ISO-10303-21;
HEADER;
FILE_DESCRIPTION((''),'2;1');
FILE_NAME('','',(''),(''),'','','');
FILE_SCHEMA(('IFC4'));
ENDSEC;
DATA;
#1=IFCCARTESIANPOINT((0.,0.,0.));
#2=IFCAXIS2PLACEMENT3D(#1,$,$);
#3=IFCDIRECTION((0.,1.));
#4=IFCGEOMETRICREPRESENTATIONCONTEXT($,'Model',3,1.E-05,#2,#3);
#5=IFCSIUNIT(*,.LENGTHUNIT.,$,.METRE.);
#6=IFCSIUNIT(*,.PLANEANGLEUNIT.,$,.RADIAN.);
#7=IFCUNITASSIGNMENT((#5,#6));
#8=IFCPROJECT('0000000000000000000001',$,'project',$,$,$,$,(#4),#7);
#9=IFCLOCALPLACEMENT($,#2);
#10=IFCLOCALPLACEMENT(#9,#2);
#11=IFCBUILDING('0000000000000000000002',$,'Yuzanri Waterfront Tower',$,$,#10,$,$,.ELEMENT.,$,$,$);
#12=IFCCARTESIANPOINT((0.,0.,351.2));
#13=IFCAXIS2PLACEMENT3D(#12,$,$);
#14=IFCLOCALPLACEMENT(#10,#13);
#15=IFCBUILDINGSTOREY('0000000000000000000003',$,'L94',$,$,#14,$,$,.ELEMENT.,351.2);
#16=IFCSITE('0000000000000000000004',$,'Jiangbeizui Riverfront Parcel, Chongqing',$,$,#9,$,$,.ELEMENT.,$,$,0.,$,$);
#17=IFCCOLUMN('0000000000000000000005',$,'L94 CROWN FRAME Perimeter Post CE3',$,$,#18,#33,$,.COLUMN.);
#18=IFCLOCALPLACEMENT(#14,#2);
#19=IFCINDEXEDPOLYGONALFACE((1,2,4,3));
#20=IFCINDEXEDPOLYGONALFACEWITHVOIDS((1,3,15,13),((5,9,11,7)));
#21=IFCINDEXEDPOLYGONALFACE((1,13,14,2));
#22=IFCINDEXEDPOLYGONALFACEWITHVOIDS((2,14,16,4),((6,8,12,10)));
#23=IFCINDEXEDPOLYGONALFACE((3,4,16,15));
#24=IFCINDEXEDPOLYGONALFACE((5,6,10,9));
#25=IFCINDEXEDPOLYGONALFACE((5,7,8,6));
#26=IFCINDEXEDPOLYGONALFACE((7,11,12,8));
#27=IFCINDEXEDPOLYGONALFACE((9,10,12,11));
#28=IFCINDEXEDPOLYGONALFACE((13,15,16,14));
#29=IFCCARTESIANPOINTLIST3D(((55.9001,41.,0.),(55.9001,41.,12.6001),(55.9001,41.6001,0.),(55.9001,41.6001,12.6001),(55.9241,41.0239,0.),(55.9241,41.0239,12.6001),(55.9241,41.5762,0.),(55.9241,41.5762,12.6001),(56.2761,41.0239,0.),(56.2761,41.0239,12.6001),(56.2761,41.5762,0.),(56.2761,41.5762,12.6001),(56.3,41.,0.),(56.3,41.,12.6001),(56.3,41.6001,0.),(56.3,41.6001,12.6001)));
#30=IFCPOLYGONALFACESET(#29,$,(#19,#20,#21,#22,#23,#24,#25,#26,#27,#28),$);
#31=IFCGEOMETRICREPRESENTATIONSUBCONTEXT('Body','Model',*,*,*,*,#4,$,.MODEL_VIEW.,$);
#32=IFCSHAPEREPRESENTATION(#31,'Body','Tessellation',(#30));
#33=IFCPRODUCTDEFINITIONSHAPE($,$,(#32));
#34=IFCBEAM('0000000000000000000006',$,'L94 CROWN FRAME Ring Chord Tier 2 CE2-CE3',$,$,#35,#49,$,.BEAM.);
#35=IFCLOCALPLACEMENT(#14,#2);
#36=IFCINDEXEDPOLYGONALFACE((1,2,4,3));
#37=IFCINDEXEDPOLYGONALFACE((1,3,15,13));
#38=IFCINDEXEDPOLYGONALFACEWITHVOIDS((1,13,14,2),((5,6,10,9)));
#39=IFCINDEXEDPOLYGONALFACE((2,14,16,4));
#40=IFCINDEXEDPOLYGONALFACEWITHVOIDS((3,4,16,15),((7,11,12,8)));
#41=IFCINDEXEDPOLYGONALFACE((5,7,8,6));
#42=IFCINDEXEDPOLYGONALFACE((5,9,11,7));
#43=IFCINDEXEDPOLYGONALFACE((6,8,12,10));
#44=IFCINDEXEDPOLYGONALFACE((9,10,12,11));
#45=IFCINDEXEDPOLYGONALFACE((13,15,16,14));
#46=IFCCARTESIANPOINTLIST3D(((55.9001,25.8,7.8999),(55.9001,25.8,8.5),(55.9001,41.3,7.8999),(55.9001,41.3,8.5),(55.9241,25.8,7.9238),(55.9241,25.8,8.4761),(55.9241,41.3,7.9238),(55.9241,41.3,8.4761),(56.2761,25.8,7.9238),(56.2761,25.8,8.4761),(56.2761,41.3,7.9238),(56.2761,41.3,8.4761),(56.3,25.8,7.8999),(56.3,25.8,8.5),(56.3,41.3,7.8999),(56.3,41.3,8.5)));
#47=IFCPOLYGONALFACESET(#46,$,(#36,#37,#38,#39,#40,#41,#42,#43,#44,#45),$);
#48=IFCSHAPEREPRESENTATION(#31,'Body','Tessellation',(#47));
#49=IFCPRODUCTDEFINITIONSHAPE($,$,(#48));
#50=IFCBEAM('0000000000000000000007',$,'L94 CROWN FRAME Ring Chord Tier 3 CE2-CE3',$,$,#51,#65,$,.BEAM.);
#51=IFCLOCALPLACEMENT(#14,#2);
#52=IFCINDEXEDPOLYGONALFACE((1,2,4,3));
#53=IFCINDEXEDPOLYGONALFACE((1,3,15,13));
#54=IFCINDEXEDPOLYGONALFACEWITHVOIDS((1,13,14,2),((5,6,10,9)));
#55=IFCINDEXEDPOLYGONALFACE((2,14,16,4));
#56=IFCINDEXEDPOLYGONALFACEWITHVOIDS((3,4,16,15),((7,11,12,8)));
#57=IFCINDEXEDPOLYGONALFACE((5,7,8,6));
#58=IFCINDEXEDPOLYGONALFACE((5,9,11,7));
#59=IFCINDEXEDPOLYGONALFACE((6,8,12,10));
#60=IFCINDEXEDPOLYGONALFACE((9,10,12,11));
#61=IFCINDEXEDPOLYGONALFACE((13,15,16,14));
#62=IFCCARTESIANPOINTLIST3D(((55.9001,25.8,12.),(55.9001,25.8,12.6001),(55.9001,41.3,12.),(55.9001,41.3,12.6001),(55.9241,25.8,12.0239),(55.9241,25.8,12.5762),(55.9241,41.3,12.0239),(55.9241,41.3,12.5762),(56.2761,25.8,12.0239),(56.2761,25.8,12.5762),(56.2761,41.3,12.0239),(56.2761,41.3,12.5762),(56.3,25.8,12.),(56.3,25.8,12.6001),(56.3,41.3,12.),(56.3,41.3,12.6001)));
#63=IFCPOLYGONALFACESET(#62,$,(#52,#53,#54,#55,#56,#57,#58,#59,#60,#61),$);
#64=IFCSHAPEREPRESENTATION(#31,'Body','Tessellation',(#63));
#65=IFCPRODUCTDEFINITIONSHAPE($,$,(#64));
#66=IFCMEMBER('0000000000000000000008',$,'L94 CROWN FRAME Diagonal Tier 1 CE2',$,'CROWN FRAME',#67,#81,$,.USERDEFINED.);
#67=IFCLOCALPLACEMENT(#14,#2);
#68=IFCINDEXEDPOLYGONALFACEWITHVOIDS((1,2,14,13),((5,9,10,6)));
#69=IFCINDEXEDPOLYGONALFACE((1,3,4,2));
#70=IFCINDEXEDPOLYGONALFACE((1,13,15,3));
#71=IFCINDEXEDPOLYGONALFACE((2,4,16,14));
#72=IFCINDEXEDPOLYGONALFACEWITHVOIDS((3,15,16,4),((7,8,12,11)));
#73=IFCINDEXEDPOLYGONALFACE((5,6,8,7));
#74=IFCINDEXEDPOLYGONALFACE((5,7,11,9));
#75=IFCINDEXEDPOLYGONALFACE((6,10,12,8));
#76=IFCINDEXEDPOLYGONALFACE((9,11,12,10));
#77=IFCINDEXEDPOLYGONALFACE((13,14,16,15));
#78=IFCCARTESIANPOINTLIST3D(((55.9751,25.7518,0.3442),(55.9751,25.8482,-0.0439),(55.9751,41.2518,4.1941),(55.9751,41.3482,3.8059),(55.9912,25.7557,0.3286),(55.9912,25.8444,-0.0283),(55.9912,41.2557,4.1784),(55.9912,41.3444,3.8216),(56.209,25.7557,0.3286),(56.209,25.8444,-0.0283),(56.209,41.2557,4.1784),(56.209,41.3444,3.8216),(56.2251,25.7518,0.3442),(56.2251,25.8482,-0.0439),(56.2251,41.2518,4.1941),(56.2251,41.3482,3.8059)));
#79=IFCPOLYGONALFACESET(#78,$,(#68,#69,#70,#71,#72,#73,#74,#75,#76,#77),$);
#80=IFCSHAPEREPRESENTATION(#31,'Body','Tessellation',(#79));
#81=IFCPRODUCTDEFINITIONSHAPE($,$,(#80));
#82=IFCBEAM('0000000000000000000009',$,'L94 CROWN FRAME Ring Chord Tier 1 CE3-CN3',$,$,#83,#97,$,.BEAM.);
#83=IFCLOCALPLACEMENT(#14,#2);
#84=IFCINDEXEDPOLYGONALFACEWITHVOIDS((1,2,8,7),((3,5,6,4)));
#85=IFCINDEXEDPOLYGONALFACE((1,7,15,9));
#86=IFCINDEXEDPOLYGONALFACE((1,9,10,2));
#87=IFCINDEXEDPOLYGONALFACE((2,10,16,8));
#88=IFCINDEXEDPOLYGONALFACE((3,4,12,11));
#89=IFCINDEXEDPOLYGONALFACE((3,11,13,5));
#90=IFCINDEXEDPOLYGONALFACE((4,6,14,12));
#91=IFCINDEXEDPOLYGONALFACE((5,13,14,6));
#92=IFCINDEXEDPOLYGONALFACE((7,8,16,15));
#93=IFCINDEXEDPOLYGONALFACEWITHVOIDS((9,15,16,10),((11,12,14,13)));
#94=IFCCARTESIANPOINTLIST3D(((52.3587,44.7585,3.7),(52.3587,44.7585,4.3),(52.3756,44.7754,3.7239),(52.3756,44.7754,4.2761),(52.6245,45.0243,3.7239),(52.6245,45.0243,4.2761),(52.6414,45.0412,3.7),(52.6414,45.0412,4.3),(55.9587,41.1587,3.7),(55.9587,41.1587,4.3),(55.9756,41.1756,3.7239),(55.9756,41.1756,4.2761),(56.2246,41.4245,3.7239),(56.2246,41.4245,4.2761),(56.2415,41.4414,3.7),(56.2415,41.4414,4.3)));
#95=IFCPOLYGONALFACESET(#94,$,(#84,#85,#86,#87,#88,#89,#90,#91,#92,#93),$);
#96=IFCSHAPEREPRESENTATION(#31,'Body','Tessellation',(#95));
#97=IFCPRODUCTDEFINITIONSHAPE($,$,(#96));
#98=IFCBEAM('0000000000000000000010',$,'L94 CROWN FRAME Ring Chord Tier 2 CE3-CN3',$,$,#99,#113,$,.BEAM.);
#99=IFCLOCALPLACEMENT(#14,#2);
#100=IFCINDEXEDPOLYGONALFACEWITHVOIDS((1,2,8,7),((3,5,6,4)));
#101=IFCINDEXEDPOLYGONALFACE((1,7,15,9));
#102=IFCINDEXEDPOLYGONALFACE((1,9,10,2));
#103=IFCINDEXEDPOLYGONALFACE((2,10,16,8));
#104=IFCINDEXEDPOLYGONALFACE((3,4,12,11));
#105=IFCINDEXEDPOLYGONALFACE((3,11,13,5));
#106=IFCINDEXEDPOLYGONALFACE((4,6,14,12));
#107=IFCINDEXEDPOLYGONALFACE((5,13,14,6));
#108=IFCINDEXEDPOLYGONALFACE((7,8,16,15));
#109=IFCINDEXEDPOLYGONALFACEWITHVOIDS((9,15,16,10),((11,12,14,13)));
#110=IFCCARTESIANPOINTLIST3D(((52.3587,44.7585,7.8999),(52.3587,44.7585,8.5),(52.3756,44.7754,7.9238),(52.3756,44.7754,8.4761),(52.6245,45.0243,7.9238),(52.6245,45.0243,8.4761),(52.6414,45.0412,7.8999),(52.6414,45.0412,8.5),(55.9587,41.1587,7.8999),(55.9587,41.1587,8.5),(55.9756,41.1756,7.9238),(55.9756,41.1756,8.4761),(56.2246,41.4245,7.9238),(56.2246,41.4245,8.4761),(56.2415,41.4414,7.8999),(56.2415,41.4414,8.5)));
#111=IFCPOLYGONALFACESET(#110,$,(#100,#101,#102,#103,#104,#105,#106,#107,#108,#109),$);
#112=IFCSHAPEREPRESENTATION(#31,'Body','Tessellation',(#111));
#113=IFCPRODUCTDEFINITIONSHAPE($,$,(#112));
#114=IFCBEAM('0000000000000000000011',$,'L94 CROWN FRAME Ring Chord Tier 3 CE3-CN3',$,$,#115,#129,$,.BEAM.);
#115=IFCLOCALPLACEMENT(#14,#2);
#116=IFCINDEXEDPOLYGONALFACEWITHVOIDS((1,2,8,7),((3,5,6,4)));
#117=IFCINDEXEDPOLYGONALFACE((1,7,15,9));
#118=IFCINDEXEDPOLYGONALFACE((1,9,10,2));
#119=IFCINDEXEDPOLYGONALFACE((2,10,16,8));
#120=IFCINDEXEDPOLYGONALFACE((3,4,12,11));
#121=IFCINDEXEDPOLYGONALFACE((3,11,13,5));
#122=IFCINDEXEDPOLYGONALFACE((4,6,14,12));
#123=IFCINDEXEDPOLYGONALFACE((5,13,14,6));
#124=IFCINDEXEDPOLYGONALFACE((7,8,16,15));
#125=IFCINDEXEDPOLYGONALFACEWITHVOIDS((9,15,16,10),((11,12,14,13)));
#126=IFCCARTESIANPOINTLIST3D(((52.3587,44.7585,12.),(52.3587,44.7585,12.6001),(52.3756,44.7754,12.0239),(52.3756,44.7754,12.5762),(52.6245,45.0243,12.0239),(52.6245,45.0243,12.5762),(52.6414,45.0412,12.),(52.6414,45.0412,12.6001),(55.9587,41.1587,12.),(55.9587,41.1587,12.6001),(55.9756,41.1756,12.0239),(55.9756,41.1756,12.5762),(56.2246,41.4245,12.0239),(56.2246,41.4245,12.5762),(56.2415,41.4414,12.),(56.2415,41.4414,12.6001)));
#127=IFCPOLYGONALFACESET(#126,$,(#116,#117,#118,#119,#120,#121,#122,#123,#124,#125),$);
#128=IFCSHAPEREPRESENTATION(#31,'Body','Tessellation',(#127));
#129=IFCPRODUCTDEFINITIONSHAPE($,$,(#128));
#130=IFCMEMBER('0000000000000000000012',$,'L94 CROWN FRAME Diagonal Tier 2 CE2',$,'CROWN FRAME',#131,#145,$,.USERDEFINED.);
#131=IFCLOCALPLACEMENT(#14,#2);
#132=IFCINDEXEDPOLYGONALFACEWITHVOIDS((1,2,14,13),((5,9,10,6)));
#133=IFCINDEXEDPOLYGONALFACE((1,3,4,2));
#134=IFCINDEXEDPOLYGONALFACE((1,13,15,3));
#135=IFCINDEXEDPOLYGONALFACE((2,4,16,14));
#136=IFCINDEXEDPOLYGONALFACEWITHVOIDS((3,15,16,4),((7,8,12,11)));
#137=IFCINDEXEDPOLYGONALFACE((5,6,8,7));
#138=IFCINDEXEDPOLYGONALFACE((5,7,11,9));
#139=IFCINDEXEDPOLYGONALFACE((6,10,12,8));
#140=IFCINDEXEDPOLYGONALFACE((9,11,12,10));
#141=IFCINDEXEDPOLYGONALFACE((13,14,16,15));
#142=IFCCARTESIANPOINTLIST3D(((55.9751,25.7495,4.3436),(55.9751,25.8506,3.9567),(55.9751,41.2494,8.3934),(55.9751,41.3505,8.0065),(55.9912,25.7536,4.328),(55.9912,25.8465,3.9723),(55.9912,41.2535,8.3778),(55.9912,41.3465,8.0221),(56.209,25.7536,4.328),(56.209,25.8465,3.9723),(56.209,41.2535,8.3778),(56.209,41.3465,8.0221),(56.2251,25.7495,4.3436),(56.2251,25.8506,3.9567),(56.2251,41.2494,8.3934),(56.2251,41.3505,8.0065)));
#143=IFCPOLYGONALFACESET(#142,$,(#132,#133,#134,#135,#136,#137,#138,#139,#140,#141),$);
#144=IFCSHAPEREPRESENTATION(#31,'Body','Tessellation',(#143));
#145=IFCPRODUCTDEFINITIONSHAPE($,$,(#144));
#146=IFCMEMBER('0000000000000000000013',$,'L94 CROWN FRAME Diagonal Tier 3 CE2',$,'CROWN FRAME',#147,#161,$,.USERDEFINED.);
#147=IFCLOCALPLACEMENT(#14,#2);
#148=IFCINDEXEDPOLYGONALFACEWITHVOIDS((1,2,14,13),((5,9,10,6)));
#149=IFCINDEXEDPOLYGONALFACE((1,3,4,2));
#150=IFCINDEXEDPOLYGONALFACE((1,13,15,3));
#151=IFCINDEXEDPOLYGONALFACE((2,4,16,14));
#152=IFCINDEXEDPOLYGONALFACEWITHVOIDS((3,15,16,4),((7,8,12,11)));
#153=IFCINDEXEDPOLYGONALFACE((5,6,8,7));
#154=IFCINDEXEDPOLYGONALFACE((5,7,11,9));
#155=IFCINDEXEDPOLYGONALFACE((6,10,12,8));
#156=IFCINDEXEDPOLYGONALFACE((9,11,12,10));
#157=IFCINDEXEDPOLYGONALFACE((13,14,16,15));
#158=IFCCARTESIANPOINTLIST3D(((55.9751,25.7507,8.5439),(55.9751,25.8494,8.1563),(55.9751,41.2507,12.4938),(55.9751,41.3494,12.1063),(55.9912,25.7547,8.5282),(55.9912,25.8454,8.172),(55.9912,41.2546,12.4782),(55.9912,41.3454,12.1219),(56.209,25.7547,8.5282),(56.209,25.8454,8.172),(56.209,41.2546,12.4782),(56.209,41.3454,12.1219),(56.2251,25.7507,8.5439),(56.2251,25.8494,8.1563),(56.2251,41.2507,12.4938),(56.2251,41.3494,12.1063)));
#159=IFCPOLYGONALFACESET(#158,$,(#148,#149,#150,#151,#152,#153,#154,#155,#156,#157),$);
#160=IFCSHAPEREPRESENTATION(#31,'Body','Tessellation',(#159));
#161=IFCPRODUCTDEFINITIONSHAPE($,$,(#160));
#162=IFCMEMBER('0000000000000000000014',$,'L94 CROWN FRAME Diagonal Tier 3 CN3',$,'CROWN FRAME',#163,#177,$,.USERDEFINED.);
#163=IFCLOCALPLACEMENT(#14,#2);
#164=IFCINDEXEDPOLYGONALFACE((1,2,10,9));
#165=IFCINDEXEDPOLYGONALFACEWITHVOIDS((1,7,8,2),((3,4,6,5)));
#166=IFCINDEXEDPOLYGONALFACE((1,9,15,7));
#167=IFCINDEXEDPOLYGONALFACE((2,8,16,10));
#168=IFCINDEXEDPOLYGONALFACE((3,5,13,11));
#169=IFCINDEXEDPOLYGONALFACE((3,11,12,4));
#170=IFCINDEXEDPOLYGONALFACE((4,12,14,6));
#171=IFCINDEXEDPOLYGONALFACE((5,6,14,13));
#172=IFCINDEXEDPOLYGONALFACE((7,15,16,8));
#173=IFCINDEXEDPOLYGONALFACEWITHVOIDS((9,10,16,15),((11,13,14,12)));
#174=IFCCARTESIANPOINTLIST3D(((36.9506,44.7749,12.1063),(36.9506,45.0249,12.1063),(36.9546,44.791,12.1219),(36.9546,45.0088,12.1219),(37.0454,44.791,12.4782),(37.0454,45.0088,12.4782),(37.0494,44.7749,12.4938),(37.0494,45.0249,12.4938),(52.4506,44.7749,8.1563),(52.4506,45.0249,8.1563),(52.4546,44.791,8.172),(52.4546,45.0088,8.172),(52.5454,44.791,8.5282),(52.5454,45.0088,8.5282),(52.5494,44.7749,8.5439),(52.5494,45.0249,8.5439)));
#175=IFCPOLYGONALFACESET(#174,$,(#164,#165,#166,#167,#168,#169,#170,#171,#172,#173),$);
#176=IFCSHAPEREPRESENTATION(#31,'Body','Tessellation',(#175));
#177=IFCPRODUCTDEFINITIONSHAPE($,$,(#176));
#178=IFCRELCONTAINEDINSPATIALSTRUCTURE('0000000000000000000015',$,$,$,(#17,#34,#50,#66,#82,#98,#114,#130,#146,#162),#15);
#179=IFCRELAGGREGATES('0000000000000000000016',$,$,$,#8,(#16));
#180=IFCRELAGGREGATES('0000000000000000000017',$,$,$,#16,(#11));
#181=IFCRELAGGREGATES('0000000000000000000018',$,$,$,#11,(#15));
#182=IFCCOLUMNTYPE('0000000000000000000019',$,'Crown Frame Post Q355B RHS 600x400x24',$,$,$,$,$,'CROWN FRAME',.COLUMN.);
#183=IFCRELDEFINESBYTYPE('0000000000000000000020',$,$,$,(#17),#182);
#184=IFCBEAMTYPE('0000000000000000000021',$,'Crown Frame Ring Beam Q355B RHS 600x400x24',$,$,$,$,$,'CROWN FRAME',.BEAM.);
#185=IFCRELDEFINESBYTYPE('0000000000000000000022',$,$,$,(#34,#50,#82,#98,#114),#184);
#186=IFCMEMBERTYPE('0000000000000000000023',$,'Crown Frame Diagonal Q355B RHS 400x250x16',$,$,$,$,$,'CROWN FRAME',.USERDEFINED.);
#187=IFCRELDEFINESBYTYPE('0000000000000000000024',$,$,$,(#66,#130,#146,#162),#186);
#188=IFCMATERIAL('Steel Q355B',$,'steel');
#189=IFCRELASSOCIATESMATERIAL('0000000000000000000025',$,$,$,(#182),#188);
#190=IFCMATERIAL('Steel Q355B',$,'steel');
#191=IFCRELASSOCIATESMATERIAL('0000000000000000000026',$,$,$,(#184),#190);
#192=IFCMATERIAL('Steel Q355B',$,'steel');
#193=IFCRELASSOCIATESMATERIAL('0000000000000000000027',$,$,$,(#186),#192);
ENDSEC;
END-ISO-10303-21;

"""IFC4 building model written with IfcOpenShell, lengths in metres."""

from ifc_helpers import new_model, si_unit, direction, frame, origin, origin_2d, place, context, subcontext, project, spatial, hollow_rectangle, extrude, source, transform, mapped, material, material_profile, profile_set, type_object, element, save


model = new_model("IFC4")

# Units and contexts
model_context = context("Model", 3, precision=1e-05, world=origin(), true_north=direction((0.0, 1.0)))
body_context = subcontext(model_context, "Body", "Model", "MODEL_VIEW")
ifc_project = project(units=[si_unit("LENGTHUNIT", "METRE"), si_unit("PLANEANGLEUNIT", "RADIAN")], contexts=[model_context])

# Site, building, storey
site_placement = place(None, origin())
site = spatial("IfcSite", under=ifc_project, at=site_placement, Name="Jiangbeizui Riverfront Parcel, Chongqing", CompositionType="ELEMENT", RefElevation=0.0)
building_placement = place(site_placement, origin())
building = spatial("IfcBuilding", under=site, at=building_placement, Name="Yuzanri Waterfront Tower", CompositionType="ELEMENT")
storey_placement = place(building_placement, frame((0.0, 0.0, 351.2)))
storey = spatial("IfcBuildingStorey", under=building, at=storey_placement, Name="L94", CompositionType="ELEMENT", Elevation=351.2)

# Column
ifc_material_1 = material(Name="Steel Q355B", Category="steel")
ifc_material_profile_1 = material_profile(ifc_material_1, hollow_rectangle(XDim=0.3999, YDim=0.6001, WallThickness=0.0239, at=origin_2d()), Name="RHS 600x400x24")
ifc_profile_set_1 = profile_set([ifc_material_profile_1], Name="Steel Q355B")
column_type = type_object("IfcColumnType", Name="Crown Frame Post Q355B RHS 600x400x24", ElementType="CROWN FRAME", PredefinedType="COLUMN", material=ifc_profile_set_1)
shared_shape_1 = source(origin(), body_context, "Body", "SweptSolid", [
    extrude(hollow_rectangle(XDim=0.3999, YDim=0.6001, WallThickness=0.0239, at=origin_2d()), origin(), (0.0, 0.0, 1.0), 12.6001),
])
column_placement = place(storey_placement, frame((56.1001, 41.3, 0.0), z_axis=(0.0, 0.0, 1.0), x_axis=(1.0, 0.0, 0.0)))
element("IfcColumn", 1, at=column_placement, inside=storey, type_object=column_type, Name="L94 CROWN FRAME Perimeter Post CE3", PredefinedType="COLUMN", context=body_context, shape_type="MappedRepresentation", body=[
    mapped(shared_shape_1, transform((0.0, 0.0, 0.0), scale=1.0)),
])

# Beams
ifc_material_2 = material(Name="Steel Q355B", Category="steel")
ifc_material_profile_2 = material_profile(ifc_material_2, hollow_rectangle(XDim=0.3999, YDim=0.6001, WallThickness=0.0239, at=origin_2d()), Name="RHS 600x400x24")
ifc_profile_set_2 = profile_set([ifc_material_profile_2], Name="Steel Q355B")
beam_type = type_object("IfcBeamType", Name="Crown Frame Ring Beam Q355B RHS 600x400x24", ElementType="CROWN FRAME", PredefinedType="BEAM", material=ifc_profile_set_2)
shared_shape_2 = source(origin(), body_context, "Body", "SweptSolid", [
    extrude(hollow_rectangle(XDim=0.3999, YDim=0.6001, WallThickness=0.0239, at=origin_2d()), origin(), (0.0, 0.0, 1.0), 15.5),
])
for number, where, z_axis, x_axis, name in (
    (2, (56.1001, 25.8, 8.2), (0.0, 1.0, 0.0), (-1.0, 0.0, 0.0), "L94 CROWN FRAME Ring Chord Tier 2 CE2-CE3"),
    (3, (56.1001, 25.8, 12.3), (0.0, 1.0, 0.0), (-1.0, 0.0, 0.0), "L94 CROWN FRAME Ring Chord Tier 3 CE2-CE3"),
):
    element("IfcBeam", number, at=place(storey_placement, frame(where, z_axis=z_axis, x_axis=x_axis)), inside=storey, type_object=beam_type, Name=name, PredefinedType="BEAM", context=body_context, shape_type="MappedRepresentation", body=[
        mapped(shared_shape_2, transform((0.0, 0.0, 0.0), scale=1.0)),
    ])

# Member
ifc_material_3 = material(Name="Steel Q355B", Category="steel")
ifc_material_profile_3 = material_profile(ifc_material_3, hollow_rectangle(XDim=0.25, YDim=0.3999, WallThickness=0.0161, at=origin_2d()), Name="RHS 400x250x16")
ifc_profile_set_3 = profile_set([ifc_material_profile_3], Name="Steel Q355B")
member_type_1 = type_object("IfcMemberType", Name="Crown Frame Diagonal Q355B RHS 400x250x16", ElementType="CROWN FRAME", PredefinedType="USERDEFINED", material=ifc_profile_set_3)
shared_shape_3 = source(origin(), body_context, "Body", "SweptSolid", [
    extrude(hollow_rectangle(XDim=0.25, YDim=0.3999, WallThickness=0.0161, at=origin_2d()), origin(), (0.0, 0.0, 1.0), 15.9709),
])
member_1_placement = place(storey_placement, frame((56.1001, 25.8, 0.1501), z_axis=(0.0, 0.970512, 0.241053), x_axis=(-1.0, 0.0, 0.0)))
element("IfcMember", 4, at=member_1_placement, inside=storey, type_object=member_type_1, Name="L94 CROWN FRAME Diagonal Tier 1 CE2", ObjectType="CROWN FRAME", PredefinedType="USERDEFINED", context=body_context, shape_type="MappedRepresentation", body=[
    mapped(shared_shape_3, transform((0.0, 0.0, 0.0), scale=1.0)),
])

# Beams
shared_shape_4 = source(origin(), body_context, "Body", "SweptSolid", [
    extrude(hollow_rectangle(XDim=0.3999, YDim=0.6001, WallThickness=0.0239, at=origin_2d()), origin(), (0.0, 0.0, 1.0), 5.0911),
])
for number, where, z_axis, x_axis, name in (
    (5, (56.1001, 41.3, 4.0), (-0.707131, 0.707083, 0.0), (-0.707083, -0.707131, 0.0), "L94 CROWN FRAME Ring Chord Tier 1 CE3-CN3"),
    (6, (56.1001, 41.3, 8.2), (-0.707131, 0.707083, 0.0), (-0.707083, -0.707131, 0.0), "L94 CROWN FRAME Ring Chord Tier 2 CE3-CN3"),
    (7, (56.1001, 41.3, 12.3), (-0.707131, 0.707083, 0.0), (-0.707083, -0.707131, 0.0), "L94 CROWN FRAME Ring Chord Tier 3 CE3-CN3"),
):
    element("IfcBeam", number, at=place(storey_placement, frame(where, z_axis=z_axis, x_axis=x_axis)), inside=storey, type_object=beam_type, Name=name, PredefinedType="BEAM", context=body_context, shape_type="MappedRepresentation", body=[
        mapped(shared_shape_4, transform((0.0, 0.0, 0.0), scale=1.0)),
    ])

# Members
shared_shape_5 = source(origin(), body_context, "Body", "SweptSolid", [
    extrude(hollow_rectangle(XDim=0.25, YDim=0.3999, WallThickness=0.0161, at=origin_2d()), origin(), (0.0, 0.0, 1.0), 16.0203),
])
member_2_placement = place(storey_placement, frame((56.1001, 25.8, 4.1501), z_axis=(0.0, 0.967521, 0.252792), x_axis=(-1.0, 0.0, 0.0)))
element("IfcMember", 8, at=member_2_placement, inside=storey, type_object=member_type_1, Name="L94 CROWN FRAME Diagonal Tier 2 CE2", ObjectType="CROWN FRAME", PredefinedType="USERDEFINED", context=body_context, shape_type="MappedRepresentation", body=[
    mapped(shared_shape_5, transform((0.0, 0.0, 0.0), scale=1.0)),
])
shared_shape_6 = source(origin(), body_context, "Body", "SweptSolid", [
    extrude(hollow_rectangle(XDim=0.25, YDim=0.3999, WallThickness=0.0161, at=origin_2d()), origin(), (0.0, 0.0, 1.0), 15.9954),
])
for number, where, z_axis, x_axis, name in (
    (9, (56.1001, 25.8, 8.3501), (0.0, 0.96903, 0.246943), (-1.0, 0.0, 0.0), "L94 CROWN FRAME Diagonal Tier 3 CE2"),
    (10, (52.5, 44.8999, 8.3501), (-0.96903, 0.0, 0.246943), (0.0, -1.0, 0.0), "L94 CROWN FRAME Diagonal Tier 3 CN3"),
):
    element("IfcMember", number, at=place(storey_placement, frame(where, z_axis=z_axis, x_axis=x_axis)), inside=storey, type_object=member_type_1, Name=name, ObjectType="CROWN FRAME", PredefinedType="USERDEFINED", context=body_context, shape_type="MappedRepresentation", body=[
        mapped(shared_shape_6, transform((0.0, 0.0, 0.0), scale=1.0)),
    ])

save(model, "model.ifc")
